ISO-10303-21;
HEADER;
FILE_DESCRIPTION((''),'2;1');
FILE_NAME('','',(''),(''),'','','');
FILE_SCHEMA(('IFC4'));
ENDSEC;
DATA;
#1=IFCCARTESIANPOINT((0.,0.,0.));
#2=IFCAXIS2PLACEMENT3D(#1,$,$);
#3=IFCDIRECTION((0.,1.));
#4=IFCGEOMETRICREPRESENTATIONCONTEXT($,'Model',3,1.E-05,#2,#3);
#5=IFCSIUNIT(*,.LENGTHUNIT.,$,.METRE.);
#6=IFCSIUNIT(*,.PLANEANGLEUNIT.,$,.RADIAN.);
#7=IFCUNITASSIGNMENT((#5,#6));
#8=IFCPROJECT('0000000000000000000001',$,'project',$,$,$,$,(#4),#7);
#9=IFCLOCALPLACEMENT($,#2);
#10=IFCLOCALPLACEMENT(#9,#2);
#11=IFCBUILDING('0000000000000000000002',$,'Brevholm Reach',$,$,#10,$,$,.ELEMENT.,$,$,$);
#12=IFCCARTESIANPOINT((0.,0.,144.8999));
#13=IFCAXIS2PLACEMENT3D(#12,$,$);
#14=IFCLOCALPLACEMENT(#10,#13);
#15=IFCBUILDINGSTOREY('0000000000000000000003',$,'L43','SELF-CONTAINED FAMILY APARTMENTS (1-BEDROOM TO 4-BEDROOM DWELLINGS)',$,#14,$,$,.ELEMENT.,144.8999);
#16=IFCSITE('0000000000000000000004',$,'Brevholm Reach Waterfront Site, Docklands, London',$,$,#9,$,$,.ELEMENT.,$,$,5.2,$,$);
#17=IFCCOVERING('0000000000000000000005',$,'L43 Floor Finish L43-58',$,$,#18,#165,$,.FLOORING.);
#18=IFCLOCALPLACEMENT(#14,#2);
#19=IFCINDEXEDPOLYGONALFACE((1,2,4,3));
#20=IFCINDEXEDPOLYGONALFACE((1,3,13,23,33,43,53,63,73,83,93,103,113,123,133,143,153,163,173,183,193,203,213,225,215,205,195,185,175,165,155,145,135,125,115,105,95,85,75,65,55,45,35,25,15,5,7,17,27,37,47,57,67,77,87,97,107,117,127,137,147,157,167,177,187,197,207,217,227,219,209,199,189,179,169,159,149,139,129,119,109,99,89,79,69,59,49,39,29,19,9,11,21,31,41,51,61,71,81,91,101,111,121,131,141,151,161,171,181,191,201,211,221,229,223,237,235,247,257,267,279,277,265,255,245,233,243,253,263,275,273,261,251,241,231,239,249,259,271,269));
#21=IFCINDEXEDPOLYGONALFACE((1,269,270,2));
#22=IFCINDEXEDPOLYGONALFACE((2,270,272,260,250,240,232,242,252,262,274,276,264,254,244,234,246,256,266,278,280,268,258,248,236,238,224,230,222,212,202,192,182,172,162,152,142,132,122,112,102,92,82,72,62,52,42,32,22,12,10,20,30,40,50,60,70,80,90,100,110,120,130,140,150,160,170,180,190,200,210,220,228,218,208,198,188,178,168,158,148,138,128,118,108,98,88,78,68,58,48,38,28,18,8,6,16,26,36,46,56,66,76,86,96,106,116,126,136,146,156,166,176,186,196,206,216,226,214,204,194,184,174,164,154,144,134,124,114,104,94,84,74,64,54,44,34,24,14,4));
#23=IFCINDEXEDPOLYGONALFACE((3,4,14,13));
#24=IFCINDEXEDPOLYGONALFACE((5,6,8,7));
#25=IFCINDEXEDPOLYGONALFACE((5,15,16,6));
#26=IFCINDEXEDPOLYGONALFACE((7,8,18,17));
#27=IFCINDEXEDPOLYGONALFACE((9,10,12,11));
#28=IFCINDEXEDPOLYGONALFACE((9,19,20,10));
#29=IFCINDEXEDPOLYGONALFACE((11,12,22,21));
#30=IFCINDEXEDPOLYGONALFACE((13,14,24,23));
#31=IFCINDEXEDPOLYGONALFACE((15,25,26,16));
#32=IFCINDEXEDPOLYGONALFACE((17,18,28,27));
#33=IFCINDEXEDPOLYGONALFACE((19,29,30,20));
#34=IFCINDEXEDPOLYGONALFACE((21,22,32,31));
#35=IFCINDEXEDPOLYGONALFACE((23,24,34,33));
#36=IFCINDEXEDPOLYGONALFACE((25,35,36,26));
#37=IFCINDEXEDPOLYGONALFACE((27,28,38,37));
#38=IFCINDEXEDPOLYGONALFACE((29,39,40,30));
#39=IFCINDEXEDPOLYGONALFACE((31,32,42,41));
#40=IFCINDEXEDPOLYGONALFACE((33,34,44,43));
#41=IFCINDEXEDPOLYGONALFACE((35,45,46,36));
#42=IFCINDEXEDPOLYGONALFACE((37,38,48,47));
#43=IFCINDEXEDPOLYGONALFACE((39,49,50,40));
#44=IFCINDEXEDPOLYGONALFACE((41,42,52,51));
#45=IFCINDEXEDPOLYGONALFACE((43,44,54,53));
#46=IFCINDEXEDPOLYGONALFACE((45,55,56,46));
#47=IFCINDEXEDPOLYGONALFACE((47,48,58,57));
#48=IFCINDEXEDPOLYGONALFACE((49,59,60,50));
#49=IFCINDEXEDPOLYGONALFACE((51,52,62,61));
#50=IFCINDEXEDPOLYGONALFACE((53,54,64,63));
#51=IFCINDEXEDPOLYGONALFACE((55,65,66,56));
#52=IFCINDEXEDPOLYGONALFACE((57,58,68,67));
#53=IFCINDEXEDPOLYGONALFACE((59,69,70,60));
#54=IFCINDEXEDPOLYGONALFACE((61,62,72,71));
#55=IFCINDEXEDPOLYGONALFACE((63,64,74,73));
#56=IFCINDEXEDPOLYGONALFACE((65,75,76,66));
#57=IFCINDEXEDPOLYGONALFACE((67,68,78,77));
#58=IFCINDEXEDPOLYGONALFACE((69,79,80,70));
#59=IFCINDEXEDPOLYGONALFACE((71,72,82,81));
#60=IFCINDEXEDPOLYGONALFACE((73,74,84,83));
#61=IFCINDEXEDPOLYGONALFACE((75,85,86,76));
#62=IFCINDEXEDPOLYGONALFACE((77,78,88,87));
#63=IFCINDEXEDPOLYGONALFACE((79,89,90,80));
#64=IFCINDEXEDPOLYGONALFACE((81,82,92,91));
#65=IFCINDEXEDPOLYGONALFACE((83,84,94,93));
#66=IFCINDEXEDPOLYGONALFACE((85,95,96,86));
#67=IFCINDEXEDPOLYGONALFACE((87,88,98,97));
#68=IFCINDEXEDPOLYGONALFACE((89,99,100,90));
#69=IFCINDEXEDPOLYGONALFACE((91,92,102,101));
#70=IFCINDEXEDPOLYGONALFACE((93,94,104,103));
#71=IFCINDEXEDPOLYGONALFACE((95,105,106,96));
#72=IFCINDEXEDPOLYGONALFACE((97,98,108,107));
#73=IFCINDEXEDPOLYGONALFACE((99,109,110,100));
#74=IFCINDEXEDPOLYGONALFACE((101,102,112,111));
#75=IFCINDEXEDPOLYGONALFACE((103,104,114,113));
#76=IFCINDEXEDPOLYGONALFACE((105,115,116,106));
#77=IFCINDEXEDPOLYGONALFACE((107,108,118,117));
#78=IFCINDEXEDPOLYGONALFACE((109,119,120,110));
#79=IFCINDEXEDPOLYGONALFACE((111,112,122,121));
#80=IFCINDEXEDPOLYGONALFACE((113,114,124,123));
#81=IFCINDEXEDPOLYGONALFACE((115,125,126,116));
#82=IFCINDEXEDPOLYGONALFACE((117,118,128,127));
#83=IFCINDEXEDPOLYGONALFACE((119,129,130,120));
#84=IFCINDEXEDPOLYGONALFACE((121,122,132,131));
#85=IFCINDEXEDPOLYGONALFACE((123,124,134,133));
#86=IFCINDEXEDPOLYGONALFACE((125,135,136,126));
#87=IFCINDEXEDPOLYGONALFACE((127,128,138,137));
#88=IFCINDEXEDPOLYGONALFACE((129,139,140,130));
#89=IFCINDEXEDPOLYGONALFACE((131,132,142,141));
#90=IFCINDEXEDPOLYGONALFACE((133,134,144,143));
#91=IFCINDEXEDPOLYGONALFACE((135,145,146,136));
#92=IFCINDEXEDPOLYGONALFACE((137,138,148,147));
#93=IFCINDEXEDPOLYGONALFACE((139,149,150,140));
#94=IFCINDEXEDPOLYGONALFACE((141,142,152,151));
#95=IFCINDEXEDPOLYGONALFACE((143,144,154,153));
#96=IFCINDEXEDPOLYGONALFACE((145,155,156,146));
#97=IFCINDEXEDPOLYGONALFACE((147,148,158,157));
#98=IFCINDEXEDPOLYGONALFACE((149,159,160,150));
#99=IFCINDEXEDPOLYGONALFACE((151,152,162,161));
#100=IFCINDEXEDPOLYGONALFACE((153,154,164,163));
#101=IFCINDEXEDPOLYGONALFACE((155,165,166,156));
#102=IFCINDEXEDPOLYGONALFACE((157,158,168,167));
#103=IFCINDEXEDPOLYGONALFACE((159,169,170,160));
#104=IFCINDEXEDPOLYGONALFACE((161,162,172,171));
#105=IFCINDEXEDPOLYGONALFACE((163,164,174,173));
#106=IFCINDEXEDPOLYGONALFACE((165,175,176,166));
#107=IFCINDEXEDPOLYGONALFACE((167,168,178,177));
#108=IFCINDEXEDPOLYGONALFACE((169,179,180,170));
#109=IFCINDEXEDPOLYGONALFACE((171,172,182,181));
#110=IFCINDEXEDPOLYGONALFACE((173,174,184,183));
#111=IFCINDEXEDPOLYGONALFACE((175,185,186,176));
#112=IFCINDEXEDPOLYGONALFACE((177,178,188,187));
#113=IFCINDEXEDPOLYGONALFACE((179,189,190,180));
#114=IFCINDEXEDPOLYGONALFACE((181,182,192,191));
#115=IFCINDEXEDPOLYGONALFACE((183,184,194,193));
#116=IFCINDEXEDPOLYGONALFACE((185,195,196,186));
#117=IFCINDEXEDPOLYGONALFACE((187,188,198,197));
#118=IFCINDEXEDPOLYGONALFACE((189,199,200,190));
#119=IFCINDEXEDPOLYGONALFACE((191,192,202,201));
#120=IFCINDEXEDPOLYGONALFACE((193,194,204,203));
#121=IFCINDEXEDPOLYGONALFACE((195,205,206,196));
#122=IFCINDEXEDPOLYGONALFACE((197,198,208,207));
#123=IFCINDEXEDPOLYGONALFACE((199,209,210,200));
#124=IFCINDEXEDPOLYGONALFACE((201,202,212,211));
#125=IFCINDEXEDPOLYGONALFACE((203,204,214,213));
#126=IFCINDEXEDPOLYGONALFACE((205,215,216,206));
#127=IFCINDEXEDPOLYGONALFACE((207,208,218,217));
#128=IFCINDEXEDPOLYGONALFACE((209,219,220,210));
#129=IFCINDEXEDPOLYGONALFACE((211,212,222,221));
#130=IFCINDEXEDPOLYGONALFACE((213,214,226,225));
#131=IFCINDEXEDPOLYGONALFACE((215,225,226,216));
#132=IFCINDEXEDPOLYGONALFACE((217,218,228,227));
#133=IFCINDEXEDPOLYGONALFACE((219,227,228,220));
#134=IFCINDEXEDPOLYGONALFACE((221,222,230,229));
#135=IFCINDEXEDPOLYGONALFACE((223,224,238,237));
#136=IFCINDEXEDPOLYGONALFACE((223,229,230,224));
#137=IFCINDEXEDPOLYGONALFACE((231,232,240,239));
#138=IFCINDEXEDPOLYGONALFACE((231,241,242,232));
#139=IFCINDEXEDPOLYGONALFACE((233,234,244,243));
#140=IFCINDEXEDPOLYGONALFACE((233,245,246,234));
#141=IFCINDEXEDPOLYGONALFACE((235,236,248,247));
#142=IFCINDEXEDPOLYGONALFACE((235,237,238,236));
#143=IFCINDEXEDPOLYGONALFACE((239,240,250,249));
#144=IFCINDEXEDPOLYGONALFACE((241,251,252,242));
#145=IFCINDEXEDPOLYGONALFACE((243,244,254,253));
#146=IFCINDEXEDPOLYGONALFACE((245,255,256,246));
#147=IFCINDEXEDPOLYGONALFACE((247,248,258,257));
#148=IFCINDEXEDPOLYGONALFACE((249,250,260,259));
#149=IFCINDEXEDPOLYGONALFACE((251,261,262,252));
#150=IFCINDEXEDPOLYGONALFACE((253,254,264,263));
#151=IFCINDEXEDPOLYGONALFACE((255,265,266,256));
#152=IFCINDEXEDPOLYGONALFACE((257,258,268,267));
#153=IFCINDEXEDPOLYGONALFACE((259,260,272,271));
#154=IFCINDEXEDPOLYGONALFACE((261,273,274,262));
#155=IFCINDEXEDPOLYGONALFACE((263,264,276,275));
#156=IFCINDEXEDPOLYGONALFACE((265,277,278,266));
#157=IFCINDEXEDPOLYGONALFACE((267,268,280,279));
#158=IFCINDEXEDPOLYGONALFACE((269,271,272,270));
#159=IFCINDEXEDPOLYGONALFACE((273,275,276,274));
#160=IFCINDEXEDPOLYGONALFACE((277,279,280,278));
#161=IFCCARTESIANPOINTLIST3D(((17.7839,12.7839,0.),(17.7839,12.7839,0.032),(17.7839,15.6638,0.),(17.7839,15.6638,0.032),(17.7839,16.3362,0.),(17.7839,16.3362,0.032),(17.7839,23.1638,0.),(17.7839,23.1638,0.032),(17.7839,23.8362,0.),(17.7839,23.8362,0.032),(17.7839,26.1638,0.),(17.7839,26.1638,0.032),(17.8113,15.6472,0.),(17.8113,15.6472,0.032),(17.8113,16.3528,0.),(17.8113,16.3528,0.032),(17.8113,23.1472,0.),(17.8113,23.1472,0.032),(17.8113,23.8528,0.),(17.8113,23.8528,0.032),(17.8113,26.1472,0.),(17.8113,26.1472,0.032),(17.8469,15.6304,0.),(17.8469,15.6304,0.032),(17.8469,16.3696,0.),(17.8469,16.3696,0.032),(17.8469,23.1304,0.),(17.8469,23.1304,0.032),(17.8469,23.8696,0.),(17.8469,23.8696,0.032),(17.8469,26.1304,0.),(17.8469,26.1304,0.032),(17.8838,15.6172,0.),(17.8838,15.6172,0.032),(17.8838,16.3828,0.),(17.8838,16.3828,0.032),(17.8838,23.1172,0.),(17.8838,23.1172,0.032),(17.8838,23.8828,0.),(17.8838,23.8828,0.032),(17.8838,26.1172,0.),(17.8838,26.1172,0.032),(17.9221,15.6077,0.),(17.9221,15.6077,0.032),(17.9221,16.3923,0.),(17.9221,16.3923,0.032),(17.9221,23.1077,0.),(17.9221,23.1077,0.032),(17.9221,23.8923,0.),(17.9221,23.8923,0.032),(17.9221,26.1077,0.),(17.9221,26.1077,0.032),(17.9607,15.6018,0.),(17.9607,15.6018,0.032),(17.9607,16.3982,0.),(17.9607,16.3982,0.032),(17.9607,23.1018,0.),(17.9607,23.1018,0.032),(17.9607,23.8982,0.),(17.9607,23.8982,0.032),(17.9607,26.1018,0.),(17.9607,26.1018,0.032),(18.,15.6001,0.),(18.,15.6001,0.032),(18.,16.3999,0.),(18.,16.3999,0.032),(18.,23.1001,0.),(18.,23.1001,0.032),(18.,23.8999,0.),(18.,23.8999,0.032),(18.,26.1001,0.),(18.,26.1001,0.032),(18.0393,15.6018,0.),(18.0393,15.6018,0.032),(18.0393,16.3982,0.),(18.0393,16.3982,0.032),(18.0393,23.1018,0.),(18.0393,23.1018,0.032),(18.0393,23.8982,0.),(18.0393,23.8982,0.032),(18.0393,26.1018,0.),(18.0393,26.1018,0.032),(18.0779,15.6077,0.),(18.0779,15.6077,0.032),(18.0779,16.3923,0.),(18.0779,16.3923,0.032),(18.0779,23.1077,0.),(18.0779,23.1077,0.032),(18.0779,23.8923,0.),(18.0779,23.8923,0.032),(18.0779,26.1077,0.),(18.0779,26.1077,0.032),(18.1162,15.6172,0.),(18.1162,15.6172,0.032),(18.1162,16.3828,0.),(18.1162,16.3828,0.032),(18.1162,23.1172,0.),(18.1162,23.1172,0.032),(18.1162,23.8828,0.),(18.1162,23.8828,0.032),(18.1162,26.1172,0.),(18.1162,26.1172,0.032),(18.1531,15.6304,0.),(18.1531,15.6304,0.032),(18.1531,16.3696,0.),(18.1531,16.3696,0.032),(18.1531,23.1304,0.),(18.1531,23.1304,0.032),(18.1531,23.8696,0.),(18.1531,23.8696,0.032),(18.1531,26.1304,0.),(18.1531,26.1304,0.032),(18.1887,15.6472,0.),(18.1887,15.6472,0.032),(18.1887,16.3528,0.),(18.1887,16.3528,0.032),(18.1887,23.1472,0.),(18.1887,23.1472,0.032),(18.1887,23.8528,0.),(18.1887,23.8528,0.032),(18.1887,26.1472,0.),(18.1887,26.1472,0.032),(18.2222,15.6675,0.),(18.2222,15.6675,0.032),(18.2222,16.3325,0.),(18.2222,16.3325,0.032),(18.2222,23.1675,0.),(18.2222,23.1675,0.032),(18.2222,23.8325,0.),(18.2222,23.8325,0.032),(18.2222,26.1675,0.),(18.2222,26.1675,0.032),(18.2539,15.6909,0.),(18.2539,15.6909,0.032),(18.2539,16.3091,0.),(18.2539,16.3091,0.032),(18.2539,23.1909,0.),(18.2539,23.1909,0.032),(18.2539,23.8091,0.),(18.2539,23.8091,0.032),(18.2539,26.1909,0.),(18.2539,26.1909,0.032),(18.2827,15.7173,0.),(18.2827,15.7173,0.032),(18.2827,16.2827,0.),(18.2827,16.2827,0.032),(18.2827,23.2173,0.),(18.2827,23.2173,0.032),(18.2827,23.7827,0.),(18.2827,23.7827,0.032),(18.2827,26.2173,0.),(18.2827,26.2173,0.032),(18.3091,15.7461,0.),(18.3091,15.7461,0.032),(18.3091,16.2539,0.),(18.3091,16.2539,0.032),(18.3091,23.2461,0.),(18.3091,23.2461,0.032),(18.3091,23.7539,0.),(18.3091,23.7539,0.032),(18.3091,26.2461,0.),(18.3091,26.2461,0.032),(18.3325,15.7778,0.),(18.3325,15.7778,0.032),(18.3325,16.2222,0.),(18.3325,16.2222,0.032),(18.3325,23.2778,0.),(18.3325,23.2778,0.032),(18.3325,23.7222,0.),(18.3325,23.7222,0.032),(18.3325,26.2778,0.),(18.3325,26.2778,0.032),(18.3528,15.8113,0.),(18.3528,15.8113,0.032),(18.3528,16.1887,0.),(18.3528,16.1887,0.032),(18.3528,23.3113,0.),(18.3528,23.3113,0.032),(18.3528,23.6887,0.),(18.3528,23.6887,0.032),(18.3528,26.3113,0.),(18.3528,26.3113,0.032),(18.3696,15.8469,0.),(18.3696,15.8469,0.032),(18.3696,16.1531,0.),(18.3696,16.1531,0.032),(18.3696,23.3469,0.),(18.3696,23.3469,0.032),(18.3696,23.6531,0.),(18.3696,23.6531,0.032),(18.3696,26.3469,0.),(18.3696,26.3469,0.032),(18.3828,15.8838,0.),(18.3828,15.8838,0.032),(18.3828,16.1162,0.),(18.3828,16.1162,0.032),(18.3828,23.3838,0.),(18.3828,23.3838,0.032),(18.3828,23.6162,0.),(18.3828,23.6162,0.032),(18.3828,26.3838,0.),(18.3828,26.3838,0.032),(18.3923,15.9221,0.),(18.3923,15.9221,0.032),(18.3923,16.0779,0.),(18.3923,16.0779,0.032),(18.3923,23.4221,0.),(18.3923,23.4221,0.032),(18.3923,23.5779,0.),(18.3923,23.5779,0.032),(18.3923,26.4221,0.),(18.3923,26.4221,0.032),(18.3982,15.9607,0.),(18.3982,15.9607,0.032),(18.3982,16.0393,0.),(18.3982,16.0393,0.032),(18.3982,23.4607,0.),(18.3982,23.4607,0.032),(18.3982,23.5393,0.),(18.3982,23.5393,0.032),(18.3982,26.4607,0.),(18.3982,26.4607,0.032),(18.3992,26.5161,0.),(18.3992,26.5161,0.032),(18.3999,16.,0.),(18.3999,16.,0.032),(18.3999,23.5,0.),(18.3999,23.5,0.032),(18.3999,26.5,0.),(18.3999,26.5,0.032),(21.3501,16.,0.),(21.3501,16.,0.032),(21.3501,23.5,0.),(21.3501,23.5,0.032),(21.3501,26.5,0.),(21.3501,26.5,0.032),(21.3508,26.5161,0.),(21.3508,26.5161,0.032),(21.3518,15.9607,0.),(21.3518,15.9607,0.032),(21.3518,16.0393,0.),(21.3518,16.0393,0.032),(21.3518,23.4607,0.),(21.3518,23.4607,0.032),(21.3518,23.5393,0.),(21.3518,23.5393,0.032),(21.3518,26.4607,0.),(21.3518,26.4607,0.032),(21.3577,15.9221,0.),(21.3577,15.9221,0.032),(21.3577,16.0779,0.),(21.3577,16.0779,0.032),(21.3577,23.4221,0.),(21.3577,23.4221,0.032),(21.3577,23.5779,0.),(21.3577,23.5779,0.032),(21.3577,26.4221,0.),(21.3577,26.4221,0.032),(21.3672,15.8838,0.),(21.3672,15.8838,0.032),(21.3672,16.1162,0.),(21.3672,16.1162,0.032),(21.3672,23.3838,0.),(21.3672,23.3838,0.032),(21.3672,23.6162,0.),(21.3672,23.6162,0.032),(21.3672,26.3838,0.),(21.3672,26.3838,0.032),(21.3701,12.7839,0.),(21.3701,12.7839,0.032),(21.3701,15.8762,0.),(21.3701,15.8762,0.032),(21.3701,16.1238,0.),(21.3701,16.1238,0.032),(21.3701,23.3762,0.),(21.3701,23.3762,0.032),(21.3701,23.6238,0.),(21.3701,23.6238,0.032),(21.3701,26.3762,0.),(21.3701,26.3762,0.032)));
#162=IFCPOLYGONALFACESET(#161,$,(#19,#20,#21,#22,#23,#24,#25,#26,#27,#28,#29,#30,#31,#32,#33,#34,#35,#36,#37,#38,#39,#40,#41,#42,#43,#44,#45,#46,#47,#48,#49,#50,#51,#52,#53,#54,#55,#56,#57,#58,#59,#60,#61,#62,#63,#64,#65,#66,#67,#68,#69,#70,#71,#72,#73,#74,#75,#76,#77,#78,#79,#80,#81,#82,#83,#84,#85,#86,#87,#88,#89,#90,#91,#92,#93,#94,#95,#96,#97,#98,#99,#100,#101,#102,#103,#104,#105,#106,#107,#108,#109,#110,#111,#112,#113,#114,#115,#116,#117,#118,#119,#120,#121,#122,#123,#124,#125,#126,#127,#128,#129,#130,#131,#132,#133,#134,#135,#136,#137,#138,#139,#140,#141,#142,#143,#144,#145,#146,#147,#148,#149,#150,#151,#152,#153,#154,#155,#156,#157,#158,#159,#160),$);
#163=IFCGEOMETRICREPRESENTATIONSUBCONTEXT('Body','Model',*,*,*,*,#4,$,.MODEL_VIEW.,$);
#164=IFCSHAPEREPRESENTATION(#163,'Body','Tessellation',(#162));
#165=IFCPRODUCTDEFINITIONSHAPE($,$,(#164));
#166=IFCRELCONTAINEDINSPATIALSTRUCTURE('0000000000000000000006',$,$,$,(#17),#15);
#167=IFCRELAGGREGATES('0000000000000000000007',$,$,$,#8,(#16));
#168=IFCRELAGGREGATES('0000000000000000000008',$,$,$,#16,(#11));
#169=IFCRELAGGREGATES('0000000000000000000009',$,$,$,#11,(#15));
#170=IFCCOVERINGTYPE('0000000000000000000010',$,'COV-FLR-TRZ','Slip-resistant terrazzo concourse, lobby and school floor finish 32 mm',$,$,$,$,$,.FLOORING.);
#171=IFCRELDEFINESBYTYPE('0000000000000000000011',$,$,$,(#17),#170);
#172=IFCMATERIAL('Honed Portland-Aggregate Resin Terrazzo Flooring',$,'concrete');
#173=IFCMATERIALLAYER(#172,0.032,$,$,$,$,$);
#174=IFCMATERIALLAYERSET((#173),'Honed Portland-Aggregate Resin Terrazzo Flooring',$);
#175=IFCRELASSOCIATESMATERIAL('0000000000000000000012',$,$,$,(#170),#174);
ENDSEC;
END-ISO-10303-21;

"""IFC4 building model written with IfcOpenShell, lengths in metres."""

from ifc_helpers import new_model, si_unit, direction, frame, origin, place, context, subcontext, project, spatial, polyline, outline, extrude, material, layer, layer_set, type_object, element, save


model = new_model("IFC4")

# Units and contexts
model_context = context("Model", 3, precision=1e-05, world=origin(), true_north=direction((0.0, 1.0)))
body_context = subcontext(model_context, "Body", "Model", "MODEL_VIEW")
ifc_project = project(units=[si_unit("LENGTHUNIT", "METRE"), si_unit("PLANEANGLEUNIT", "RADIAN")], contexts=[model_context])

# Site, building, storey
site_placement = place(None, origin())
site = spatial("IfcSite", under=ifc_project, at=site_placement, Name="Brevholm Reach Waterfront Site, Docklands, London", CompositionType="ELEMENT", RefElevation=5.2)
building_placement = place(site_placement, origin())
building = spatial("IfcBuilding", under=site, at=building_placement, Name="Brevholm Reach", CompositionType="ELEMENT")
storey_placement = place(building_placement, frame((0.0, 0.0, 144.8999)))
storey = spatial("IfcBuildingStorey", under=building, at=storey_placement, Name="L43", Description="SELF-CONTAINED FAMILY APARTMENTS (1-BEDROOM TO 4-BEDROOM DWELLINGS)", CompositionType="ELEMENT", Elevation=144.8999)

# Covering
ifc_material_1 = material(Name="Honed Portland-Aggregate Resin Terrazzo Flooring", Category="concrete")
ifc_layer_1 = layer(ifc_material_1, 0.032)
ifc_layer_set_1 = layer_set([ifc_layer_1], Name="Honed Portland-Aggregate Resin Terrazzo Flooring")
covering_type_1 = type_object("IfcCoveringType", Name="COV-FLR-TRZ", Description="Slip-resistant terrazzo concourse, lobby and school floor finish 32 mm", PredefinedType="FLOORING", material=ifc_layer_set_1)
covering_1_placement = place(storey_placement, origin())
element("IfcCovering", 1, at=covering_1_placement, inside=storey, type_object=covering_type_1, Name="L43 Floor Finish L43-58", PredefinedType="FLOORING", context=body_context, shape_type="SweptSolid", body=[
    extrude(outline(polyline([(21.3701, 23.6238), (21.3672, 23.6162), (21.3577, 23.5779), (21.3518, 23.5393), (21.3501, 23.5), (21.3518, 23.4607), (21.3577, 23.4221), (21.3672, 23.3838), (21.3701, 23.3762), (21.3701, 16.1238), (21.3672, 16.1162), (21.3577, 16.0779), (21.3518, 16.0393), (21.3501, 16.0), (21.3518, 15.9607), (21.3577, 15.9221), (21.3672, 15.8838), (21.3701, 15.8762), (21.3701, 12.7839), (17.7839, 12.7839), (17.7839, 15.6638), (17.8113, 15.6472), (17.8469, 15.6304), (17.8838, 15.6172), (17.9221, 15.6077), (17.9607, 15.6018), (18.0, 15.6001), (18.0393, 15.6018), (18.0779, 15.6077), (18.1162, 15.6172), (18.1531, 15.6304), (18.1887, 15.6472), (18.2222, 15.6675), (18.2539, 15.6909), (18.2827, 15.7173), (18.3091, 15.7461), (18.3325, 15.7778), (18.3528, 15.8113), (18.3696, 15.8469), (18.3828, 15.8838), (18.3923, 15.9221), (18.3982, 15.9607), (18.3999, 16.0), (18.3982, 16.0393), (18.3923, 16.0779), (18.3828, 16.1162), (18.3696, 16.1531), (18.3528, 16.1887), (18.3325, 16.2222), (18.3091, 16.2539), (18.2827, 16.2827), (18.2539, 16.3091), (18.2222, 16.3325), (18.1887, 16.3528), (18.1531, 16.3696), (18.1162, 16.3828), (18.0779, 16.3923), (18.0393, 16.3982), (18.0, 16.3999), (17.9607, 16.3982), (17.9221, 16.3923), (17.8838, 16.3828), (17.8469, 16.3696), (17.8113, 16.3528), (17.7839, 16.3362), (17.7839, 23.1638), (17.8113, 23.1472), (17.8469, 23.1304), (17.8838, 23.1172), (17.9221, 23.1077), (17.9607, 23.1018), (18.0, 23.1001), (18.0393, 23.1018), (18.0779, 23.1077), (18.1162, 23.1172), (18.1531, 23.1304), (18.1887, 23.1472), (18.2222, 23.1675), (18.2539, 23.1909), (18.2827, 23.2173), (18.3091, 23.2461), (18.3325, 23.2778), (18.3528, 23.3113), (18.3696, 23.3469), (18.3828, 23.3838), (18.3923, 23.4221), (18.3982, 23.4607), (18.3999, 23.5), (18.3982, 23.5393), (18.3923, 23.5779), (18.3828, 23.6162), (18.3696, 23.6531), (18.3528, 23.6887), (18.3325, 23.7222), (18.3091, 23.7539), (18.2827, 23.7827), (18.2539, 23.8091), (18.2222, 23.8325), (18.1887, 23.8528), (18.1531, 23.8696), (18.1162, 23.8828), (18.0779, 23.8923), (18.0393, 23.8982), (18.0, 23.8999), (17.9607, 23.8982), (17.9221, 23.8923), (17.8838, 23.8828), (17.8469, 23.8696), (17.8113, 23.8528), (17.7839, 23.8362), (17.7839, 26.1638), (17.8113, 26.1472), (17.8469, 26.1304), (17.8838, 26.1172), (17.9221, 26.1077), (17.9607, 26.1018), (18.0, 26.1001), (18.0393, 26.1018), (18.0779, 26.1077), (18.1162, 26.1172), (18.1531, 26.1304), (18.1887, 26.1472), (18.2222, 26.1675), (18.2539, 26.1909), (18.2827, 26.2173), (18.3091, 26.2461), (18.3325, 26.2778), (18.3528, 26.3113), (18.3696, 26.3469), (18.3828, 26.3838), (18.3923, 26.4221), (18.3982, 26.4607), (18.3999, 26.5), (18.3992, 26.5161), (21.3508, 26.5161), (21.3501, 26.5), (21.3518, 26.4607), (21.3577, 26.4221), (21.3672, 26.3838), (21.3701, 26.3762), (21.3701, 23.6238)])), origin(), (0.0, 0.0, 1.0), 0.032),
])

save(model, "model.ifc")
